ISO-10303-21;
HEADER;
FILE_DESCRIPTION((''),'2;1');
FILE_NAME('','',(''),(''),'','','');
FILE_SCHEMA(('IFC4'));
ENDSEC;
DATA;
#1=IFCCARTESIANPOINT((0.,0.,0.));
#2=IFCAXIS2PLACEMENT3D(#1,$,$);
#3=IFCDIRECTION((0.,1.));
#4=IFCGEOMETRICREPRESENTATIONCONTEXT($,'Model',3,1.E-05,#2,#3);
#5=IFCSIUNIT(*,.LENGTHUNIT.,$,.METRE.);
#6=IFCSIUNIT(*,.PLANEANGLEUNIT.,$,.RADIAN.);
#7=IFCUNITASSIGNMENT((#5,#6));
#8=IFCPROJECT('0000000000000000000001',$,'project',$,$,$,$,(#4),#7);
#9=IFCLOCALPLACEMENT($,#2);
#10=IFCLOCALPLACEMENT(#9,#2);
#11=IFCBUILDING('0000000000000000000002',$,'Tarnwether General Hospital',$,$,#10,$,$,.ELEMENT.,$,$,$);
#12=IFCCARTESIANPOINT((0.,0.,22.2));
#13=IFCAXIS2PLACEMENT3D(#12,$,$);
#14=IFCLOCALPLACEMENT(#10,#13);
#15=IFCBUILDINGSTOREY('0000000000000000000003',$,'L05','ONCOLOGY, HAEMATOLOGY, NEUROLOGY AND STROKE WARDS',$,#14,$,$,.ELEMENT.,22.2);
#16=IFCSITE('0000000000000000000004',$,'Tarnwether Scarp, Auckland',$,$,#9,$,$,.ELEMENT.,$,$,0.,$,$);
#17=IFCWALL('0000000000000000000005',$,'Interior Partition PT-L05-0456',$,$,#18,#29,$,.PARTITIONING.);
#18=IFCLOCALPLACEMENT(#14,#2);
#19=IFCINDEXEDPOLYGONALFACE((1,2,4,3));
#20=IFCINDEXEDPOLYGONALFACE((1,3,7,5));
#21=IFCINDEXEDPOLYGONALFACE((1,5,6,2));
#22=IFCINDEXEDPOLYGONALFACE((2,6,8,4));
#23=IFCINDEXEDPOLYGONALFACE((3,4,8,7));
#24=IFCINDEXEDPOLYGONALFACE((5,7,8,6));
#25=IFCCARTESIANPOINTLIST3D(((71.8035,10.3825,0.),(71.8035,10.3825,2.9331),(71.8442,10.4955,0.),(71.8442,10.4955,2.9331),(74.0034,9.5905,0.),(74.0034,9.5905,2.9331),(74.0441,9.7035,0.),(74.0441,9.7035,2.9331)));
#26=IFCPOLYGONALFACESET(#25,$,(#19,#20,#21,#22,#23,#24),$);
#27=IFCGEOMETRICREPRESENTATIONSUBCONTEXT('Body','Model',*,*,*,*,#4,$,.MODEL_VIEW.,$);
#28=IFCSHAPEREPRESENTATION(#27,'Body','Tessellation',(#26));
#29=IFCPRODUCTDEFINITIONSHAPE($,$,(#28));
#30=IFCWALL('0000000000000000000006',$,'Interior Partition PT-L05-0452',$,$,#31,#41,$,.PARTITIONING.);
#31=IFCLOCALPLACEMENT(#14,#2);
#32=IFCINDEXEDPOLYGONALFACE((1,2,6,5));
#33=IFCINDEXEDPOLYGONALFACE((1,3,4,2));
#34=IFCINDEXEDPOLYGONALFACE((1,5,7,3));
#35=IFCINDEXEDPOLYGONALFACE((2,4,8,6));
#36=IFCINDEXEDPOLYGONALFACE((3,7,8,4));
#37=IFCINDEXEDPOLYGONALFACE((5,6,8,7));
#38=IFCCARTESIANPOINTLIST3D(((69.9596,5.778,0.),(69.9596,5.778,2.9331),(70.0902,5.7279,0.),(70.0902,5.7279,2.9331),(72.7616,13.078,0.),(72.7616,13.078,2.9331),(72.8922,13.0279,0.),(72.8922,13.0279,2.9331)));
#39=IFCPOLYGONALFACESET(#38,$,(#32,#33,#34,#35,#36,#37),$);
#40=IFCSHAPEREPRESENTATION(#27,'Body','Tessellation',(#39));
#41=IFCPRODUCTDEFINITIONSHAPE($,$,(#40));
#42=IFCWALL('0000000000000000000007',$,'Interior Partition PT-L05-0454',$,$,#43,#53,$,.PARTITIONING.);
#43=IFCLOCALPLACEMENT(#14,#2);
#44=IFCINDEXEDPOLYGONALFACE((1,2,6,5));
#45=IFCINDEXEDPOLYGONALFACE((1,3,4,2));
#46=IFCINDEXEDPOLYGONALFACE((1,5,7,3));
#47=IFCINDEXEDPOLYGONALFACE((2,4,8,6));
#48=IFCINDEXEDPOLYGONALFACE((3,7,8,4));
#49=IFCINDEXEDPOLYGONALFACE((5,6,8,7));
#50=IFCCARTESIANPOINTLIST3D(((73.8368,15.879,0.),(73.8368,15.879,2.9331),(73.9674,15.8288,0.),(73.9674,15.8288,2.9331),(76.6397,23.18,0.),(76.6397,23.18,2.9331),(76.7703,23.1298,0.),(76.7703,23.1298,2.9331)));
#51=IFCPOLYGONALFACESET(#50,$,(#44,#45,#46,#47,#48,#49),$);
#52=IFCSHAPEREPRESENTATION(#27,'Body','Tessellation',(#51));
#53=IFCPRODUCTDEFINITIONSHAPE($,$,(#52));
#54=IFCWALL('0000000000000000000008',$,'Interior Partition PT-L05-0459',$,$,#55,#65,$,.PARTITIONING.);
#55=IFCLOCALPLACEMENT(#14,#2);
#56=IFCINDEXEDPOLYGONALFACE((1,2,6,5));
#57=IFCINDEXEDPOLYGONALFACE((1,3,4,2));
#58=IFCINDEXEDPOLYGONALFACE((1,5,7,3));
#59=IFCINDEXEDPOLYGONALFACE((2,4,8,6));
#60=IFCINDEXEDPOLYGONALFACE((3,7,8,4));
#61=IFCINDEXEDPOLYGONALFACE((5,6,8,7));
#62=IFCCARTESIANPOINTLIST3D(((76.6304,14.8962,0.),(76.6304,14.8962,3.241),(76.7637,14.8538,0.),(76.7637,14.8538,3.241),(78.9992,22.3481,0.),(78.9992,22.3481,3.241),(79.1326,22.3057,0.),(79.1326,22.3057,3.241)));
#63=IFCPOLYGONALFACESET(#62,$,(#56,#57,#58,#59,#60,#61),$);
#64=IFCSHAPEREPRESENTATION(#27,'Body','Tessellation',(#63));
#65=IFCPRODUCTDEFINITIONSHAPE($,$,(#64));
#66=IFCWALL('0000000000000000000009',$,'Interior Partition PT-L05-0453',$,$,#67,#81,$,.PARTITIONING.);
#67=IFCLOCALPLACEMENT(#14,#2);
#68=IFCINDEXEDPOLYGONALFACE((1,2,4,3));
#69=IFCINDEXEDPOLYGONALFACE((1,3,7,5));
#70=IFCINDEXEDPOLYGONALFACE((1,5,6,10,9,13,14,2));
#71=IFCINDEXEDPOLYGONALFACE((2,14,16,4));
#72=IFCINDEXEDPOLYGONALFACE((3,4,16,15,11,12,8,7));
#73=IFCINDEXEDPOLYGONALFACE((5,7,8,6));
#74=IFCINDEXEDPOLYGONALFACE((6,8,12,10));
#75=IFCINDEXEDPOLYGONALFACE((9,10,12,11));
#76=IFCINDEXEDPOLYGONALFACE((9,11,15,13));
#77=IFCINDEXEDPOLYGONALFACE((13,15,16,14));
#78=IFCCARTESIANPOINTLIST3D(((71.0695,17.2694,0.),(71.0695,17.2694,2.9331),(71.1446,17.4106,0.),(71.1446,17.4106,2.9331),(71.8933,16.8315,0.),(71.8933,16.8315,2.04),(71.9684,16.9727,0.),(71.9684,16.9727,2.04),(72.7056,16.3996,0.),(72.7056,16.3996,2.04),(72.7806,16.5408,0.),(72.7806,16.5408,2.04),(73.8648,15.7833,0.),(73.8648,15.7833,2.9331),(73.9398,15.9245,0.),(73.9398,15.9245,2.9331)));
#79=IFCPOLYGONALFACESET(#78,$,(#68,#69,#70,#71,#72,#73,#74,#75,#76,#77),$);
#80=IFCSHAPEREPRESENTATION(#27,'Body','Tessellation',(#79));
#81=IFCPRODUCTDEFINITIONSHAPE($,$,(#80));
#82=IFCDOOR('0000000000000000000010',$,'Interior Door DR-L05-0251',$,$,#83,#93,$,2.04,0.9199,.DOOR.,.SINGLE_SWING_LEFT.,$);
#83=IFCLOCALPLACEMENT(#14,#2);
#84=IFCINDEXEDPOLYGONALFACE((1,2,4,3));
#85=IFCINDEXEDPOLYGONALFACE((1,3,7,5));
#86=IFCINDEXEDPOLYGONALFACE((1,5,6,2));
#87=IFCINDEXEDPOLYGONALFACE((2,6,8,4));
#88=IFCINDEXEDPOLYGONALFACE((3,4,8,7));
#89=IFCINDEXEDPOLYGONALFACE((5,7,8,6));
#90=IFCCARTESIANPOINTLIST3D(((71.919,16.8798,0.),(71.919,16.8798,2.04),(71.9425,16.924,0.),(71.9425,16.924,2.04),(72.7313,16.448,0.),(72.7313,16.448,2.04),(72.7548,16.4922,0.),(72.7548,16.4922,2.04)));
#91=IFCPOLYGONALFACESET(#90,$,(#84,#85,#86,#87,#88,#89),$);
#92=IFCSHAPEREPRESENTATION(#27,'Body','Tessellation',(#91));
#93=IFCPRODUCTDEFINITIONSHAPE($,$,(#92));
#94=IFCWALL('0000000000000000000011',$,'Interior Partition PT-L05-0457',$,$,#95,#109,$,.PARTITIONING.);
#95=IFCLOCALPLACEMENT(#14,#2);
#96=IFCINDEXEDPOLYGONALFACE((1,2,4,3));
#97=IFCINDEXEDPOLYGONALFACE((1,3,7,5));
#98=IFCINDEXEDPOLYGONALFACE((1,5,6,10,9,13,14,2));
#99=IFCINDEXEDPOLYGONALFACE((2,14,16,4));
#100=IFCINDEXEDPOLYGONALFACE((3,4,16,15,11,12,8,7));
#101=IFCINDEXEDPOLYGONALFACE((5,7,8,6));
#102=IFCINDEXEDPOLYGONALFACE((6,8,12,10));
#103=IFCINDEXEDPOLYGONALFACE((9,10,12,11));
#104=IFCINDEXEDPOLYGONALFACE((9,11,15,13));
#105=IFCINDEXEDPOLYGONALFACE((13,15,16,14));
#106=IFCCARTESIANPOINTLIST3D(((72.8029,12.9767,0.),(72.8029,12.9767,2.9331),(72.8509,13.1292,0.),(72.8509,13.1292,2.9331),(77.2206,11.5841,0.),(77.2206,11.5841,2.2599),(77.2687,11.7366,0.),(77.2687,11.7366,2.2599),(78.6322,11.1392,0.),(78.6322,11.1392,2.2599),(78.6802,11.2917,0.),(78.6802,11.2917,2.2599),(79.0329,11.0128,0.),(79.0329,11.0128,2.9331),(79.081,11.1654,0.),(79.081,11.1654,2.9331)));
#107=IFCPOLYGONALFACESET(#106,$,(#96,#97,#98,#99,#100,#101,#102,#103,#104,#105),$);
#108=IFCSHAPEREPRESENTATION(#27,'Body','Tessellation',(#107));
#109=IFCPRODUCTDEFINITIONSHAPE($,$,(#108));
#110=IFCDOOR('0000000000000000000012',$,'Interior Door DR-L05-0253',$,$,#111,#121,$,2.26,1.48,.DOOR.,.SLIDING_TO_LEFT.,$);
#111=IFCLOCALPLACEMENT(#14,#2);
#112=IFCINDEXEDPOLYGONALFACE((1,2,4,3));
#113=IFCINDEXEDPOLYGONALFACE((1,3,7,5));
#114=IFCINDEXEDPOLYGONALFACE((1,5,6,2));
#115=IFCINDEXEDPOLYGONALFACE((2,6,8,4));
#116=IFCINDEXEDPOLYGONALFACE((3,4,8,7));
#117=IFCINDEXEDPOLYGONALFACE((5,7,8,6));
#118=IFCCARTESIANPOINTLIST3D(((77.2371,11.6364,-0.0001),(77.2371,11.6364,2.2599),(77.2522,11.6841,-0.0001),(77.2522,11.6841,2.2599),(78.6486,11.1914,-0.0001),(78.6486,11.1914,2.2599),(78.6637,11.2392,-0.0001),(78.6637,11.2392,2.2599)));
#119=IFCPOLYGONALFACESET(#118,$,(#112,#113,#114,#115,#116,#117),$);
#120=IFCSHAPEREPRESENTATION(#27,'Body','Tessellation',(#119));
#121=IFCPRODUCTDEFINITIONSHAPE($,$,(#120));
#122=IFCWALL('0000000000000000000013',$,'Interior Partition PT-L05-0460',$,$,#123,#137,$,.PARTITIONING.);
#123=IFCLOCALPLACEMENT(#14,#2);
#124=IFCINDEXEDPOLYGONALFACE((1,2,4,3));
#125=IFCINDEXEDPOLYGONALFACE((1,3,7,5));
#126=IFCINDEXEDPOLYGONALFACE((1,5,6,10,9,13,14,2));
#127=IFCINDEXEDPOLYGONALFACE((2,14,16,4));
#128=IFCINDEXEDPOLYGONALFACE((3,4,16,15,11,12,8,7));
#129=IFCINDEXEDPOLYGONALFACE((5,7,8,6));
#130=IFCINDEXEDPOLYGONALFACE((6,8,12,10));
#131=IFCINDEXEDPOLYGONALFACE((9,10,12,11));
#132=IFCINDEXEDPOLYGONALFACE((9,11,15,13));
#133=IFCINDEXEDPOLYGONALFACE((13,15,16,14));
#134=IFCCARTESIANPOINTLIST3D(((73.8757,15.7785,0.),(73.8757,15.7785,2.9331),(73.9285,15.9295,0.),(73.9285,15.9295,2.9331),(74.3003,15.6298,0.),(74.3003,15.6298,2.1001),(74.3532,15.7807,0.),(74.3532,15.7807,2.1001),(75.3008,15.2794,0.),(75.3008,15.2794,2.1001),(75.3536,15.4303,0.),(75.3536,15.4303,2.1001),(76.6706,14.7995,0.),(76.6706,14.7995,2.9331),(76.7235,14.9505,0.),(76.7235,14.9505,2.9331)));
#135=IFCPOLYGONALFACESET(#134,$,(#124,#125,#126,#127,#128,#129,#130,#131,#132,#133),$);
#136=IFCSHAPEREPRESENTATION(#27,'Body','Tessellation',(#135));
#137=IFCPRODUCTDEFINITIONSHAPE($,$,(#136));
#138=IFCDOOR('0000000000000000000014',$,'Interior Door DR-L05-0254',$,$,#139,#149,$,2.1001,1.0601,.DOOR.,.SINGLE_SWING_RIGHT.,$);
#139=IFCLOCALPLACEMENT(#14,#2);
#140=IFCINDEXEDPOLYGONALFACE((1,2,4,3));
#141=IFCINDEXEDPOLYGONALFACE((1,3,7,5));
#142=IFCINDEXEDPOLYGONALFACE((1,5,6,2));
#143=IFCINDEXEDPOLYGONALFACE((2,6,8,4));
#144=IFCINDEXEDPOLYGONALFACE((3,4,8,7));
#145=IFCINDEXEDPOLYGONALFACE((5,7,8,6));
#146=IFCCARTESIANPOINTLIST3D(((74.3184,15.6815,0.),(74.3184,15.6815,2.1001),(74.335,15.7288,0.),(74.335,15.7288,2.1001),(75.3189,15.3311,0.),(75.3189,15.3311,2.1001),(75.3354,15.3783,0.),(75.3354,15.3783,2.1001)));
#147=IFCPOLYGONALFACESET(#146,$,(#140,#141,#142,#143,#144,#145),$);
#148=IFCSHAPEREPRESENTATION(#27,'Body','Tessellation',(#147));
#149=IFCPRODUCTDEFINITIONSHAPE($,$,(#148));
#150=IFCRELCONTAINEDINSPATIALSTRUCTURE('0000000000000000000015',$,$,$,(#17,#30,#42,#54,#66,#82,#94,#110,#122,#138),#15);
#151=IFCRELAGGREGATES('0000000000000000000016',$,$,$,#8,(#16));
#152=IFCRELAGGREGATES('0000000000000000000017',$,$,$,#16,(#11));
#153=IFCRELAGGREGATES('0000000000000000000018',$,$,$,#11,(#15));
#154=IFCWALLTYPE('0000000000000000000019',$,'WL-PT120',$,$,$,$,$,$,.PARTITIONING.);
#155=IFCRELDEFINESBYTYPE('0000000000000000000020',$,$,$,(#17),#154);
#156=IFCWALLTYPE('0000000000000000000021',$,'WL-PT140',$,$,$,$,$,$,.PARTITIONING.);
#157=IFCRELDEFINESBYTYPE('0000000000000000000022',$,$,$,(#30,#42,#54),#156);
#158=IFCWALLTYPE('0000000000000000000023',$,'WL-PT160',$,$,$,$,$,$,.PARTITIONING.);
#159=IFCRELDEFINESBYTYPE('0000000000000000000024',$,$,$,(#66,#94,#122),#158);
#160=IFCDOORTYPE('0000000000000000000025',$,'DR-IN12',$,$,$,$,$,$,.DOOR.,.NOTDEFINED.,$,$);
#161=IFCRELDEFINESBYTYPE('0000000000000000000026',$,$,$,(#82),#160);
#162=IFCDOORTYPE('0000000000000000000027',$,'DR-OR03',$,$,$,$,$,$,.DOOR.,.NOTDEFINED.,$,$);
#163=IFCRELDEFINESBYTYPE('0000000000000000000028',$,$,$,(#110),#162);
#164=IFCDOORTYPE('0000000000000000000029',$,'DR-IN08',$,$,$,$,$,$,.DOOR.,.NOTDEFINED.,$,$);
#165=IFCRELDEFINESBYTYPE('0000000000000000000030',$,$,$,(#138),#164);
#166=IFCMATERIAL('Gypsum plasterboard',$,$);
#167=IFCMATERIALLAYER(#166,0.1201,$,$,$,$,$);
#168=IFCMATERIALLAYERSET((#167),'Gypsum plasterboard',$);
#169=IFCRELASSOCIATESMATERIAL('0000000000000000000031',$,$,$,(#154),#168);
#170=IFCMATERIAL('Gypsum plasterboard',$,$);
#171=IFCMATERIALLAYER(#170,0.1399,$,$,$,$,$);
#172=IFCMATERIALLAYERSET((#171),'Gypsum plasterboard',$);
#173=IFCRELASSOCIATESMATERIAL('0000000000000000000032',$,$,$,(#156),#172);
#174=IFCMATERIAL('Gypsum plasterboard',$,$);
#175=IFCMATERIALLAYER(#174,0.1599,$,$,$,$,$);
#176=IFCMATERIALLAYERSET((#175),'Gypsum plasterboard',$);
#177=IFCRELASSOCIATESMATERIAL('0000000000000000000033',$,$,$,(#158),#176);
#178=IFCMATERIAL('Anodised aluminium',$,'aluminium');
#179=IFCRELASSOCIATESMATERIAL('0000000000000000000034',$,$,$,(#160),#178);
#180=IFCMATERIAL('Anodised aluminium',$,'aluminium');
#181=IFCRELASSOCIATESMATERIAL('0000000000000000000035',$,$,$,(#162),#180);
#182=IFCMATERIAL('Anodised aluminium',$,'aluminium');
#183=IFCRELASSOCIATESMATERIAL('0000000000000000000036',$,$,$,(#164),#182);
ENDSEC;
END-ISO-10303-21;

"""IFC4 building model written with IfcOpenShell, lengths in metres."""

from ifc_helpers import new_model, si_unit, direction, frame, frame_2d, origin, place, context, subcontext, project, spatial, rectangle, extrude, material, layer, layer_set, type_object, element, fill, save


model = new_model("IFC4")

# Units and contexts
model_context = context("Model", 3, precision=1e-05, world=origin(), true_north=direction((0.0, 1.0)))
body_context = subcontext(model_context, "Body", "Model", "MODEL_VIEW")
ifc_project = project(units=[si_unit("LENGTHUNIT", "METRE"), si_unit("PLANEANGLEUNIT", "RADIAN")], contexts=[model_context])

# Site, building, storey
site_placement = place(None, origin())
site = spatial("IfcSite", under=ifc_project, at=site_placement, Name="Tarnwether Scarp, Auckland", CompositionType="ELEMENT", RefElevation=0.0)
building_placement = place(site_placement, origin())
building = spatial("IfcBuilding", under=site, at=building_placement, Name="Tarnwether General Hospital", CompositionType="ELEMENT")
storey_placement = place(building_placement, frame((0.0, 0.0, 22.2)))
storey = spatial("IfcBuildingStorey", under=building, at=storey_placement, Name="L05", Description="ONCOLOGY, HAEMATOLOGY, NEUROLOGY AND STROKE WARDS", CompositionType="ELEMENT", Elevation=22.2)

# Shared definitions
ifc_material_1 = material(Name="Gypsum plasterboard")
ifc_layer_1 = layer(ifc_material_1, 0.1201)
ifc_layer_set_1 = layer_set([ifc_layer_1], Name="Gypsum plasterboard")
wall_type_1 = type_object("IfcWallType", Name="WL-PT120", PredefinedType="PARTITIONING", material=ifc_layer_set_1)

# Walls
wall_1_placement = place(storey_placement, frame((71.824, 10.439, 0.0), z_axis=(0.0, 0.0, 1.0), x_axis=(0.940886, -0.338723, 0.0)))
element("IfcWall", 1, at=wall_1_placement, inside=storey, type_object=wall_type_1, Name="Interior Partition PT-L05-0456", PredefinedType="PARTITIONING", context=body_context, shape_type="SweptSolid", body=[
    extrude(rectangle(XDim=2.3381, YDim=0.1201, at=frame_2d((1.1689, 0.0))), origin(), (0.0, 0.0, 1.0), 2.9331),
])
ifc_material_2 = material(Name="Gypsum plasterboard")
ifc_layer_2 = layer(ifc_material_2, 0.1399)
ifc_layer_set_2 = layer_set([ifc_layer_2], Name="Gypsum plasterboard")
wall_type_2 = type_object("IfcWallType", Name="WL-PT140", PredefinedType="PARTITIONING", material=ifc_layer_set_2)
wall_2_placement = place(storey_placement, frame((72.8269, 13.053, 0.0), z_axis=(0.0, 0.0, 1.0), x_axis=(-0.358343, -0.93359, 0.0)))
element("IfcWall", 2, at=wall_2_placement, inside=storey, type_object=wall_type_2, Name="Interior Partition PT-L05-0452", PredefinedType="PARTITIONING", context=body_context, shape_type="SweptSolid", body=[
    extrude(rectangle(XDim=7.8193, YDim=0.1399, at=frame_2d((3.9097, 0.0))), origin(), (0.0, 0.0, 1.0), 2.9331),
])
wall_3_placement = place(storey_placement, frame((73.9021, 15.854, 0.0), z_axis=(0.0, 0.0, 1.0), x_axis=(0.35841, 0.933564, 0.0)))
element("IfcWall", 3, at=wall_3_placement, inside=storey, type_object=wall_type_2, Name="Interior Partition PT-L05-0454", PredefinedType="PARTITIONING", context=body_context, shape_type="SweptSolid", body=[
    extrude(rectangle(XDim=7.8206, YDim=0.1399, at=frame_2d((3.9102, 0.0))), origin(), (0.0, 0.0, 1.0), 2.9331),
])
wall_4_placement = place(storey_placement, frame((76.697, 14.875, 0.0), z_axis=(0.0, 0.0, 1.0), x_axis=(0.302952, 0.953006, 0.0)))
element("IfcWall", 4, at=wall_4_placement, inside=storey, type_object=wall_type_2, Name="Interior Partition PT-L05-0459", PredefinedType="PARTITIONING", context=body_context, shape_type="SweptSolid", body=[
    extrude(rectangle(XDim=7.8193, YDim=0.1399, at=frame_2d((3.9097, 0.0))), origin(), (0.0, 0.0, 1.0), 3.241),
])

# Walls, openings, doors
ifc_material_3 = material(Name="Gypsum plasterboard")
ifc_layer_3 = layer(ifc_material_3, 0.1599)
ifc_layer_set_3 = layer_set([ifc_layer_3], Name="Gypsum plasterboard")
wall_type_3 = type_object("IfcWallType", Name="WL-PT160", PredefinedType="PARTITIONING", material=ifc_layer_set_3)
wall_5_placement = place(storey_placement, frame((71.1069, 17.3401, 0.0), z_axis=(0.0, 0.0, 1.0), x_axis=(0.882965, -0.469439, 0.0)))
wall_5 = element("IfcWall", 5, at=wall_5_placement, inside=storey, type_object=wall_type_3, Name="Interior Partition PT-L05-0453", PredefinedType="PARTITIONING", context=body_context, shape_type="SweptSolid", body=[
    extrude(rectangle(XDim=3.1658, YDim=0.1599, at=frame_2d((1.583, 0.0))), origin(), (0.0, 0.0, 1.0), 2.9331),
])
opening_1_placement = place(wall_5_placement, frame((0.9331, 0.0, 0.0)))
opening_1 = element("IfcOpeningElement", 6, at=opening_1_placement, cuts=wall_5, PredefinedType="OPENING", context=body_context, shape_type="SweptSolid", body=[
    extrude(rectangle(XDim=0.9199, YDim=2.04, at=frame_2d((0.46, 1.02))), frame((0.0, 0.0898, 0.0), z_axis=(0.0, -1.0, 0.0), x_axis=(1.0, 0.0, 0.0)), (0.0, 0.0, 1.0), 0.1799),
])
ifc_material_4 = material(Name="Anodised aluminium", Category="aluminium")
door_type_1 = type_object("IfcDoorType", Name="DR-IN12", OperationType="NOTDEFINED", PredefinedType="DOOR", material=ifc_material_4)
door_1_placement = place(opening_1_placement, origin())
door_1 = element("IfcDoor", 7, at=door_1_placement, inside=storey, type_object=door_type_1, Name="Interior Door DR-L05-0251", OperationType="SINGLE_SWING_LEFT", OverallHeight=2.04, OverallWidth=0.9199, PredefinedType="DOOR", context=body_context, shape_type="SweptSolid", body=[
    extrude(rectangle(XDim=0.9199, YDim=2.04, at=frame_2d((0.46, 1.02))), frame((0.0, 0.0249, 0.0), z_axis=(0.0, -1.0, 0.0), x_axis=(1.0, 0.0, 0.0)), (0.0, 0.0, 1.0), 0.05),
])
fill(opening_1, door_1)
wall_6_placement = place(storey_placement, frame((72.8269, 13.053, 0.0), z_axis=(0.0, 0.0, 1.0), x_axis=(0.953736, -0.300645, 0.0)))
wall_6 = element("IfcWall", 8, at=wall_6_placement, inside=storey, type_object=wall_type_3, Name="Interior Partition PT-L05-0457", PredefinedType="PARTITIONING", context=body_context, shape_type="SweptSolid", body=[
    extrude(rectangle(XDim=6.5322, YDim=0.1599, at=frame_2d((3.2661, 0.0))), origin(), (0.0, 0.0, 1.0), 2.9331),
])
opening_2_placement = place(wall_6_placement, frame((4.6321, 0.0, 0.0)))
opening_2 = element("IfcOpeningElement", 9, at=opening_2_placement, cuts=wall_6, PredefinedType="OPENING", context=body_context, shape_type="SweptSolid", body=[
    extrude(rectangle(XDim=1.48, YDim=2.26, at=frame_2d((0.74, 1.1299))), frame((0.0, 0.0898, 0.0), z_axis=(0.0, -1.0, 0.0), x_axis=(1.0, 0.0, 0.0)), (0.0, 0.0, 1.0), 0.1799),
])
ifc_material_5 = material(Name="Anodised aluminium", Category="aluminium")
door_type_2 = type_object("IfcDoorType", Name="DR-OR03", OperationType="NOTDEFINED", PredefinedType="DOOR", material=ifc_material_5)
door_2_placement = place(opening_2_placement, origin())
door_2 = element("IfcDoor", 10, at=door_2_placement, inside=storey, type_object=door_type_2, Name="Interior Door DR-L05-0253", OperationType="SLIDING_TO_LEFT", OverallHeight=2.26, OverallWidth=1.48, PredefinedType="DOOR", context=body_context, shape_type="SweptSolid", body=[
    extrude(rectangle(XDim=1.48, YDim=2.26, at=frame_2d((0.74, 1.1299))), frame((0.0, 0.0249, 0.0), z_axis=(0.0, -1.0, 0.0), x_axis=(1.0, 0.0, 0.0)), (0.0, 0.0, 1.0), 0.05),
])
fill(opening_2, door_2)
wall_7_placement = place(storey_placement, frame((73.9021, 15.854, 0.0), z_axis=(0.0, 0.0, 1.0), x_axis=(0.943776, -0.330585, 0.0)))
wall_7 = element("IfcWall", 11, at=wall_7_placement, inside=storey, type_object=wall_type_3, Name="Interior Partition PT-L05-0460", PredefinedType="PARTITIONING", context=body_context, shape_type="SweptSolid", body=[
    extrude(rectangle(XDim=2.9614, YDim=0.1599, at=frame_2d((1.4807, 0.0))), origin(), (0.0, 0.0, 1.0), 2.9331),
])
opening_3_placement = place(wall_7_placement, frame((0.45, 0.0, 0.0)))
opening_3 = element("IfcOpeningElement", 12, at=opening_3_placement, cuts=wall_7, PredefinedType="OPENING", context=body_context, shape_type="SweptSolid", body=[
    extrude(rectangle(XDim=1.0601, YDim=2.1001, at=frame_2d((0.53, 1.05))), frame((0.0, 0.0898, 0.0), z_axis=(0.0, -1.0, 0.0), x_axis=(1.0, 0.0, 0.0)), (0.0, 0.0, 1.0), 0.1799),
])
ifc_material_6 = material(Name="Anodised aluminium", Category="aluminium")
door_type_3 = type_object("IfcDoorType", Name="DR-IN08", OperationType="NOTDEFINED", PredefinedType="DOOR", material=ifc_material_6)
door_3_placement = place(opening_3_placement, origin())
door_3 = element("IfcDoor", 13, at=door_3_placement, inside=storey, type_object=door_type_3, Name="Interior Door DR-L05-0254", OperationType="SINGLE_SWING_RIGHT", OverallHeight=2.1001, OverallWidth=1.0601, PredefinedType="DOOR", context=body_context, shape_type="SweptSolid", body=[
    extrude(rectangle(XDim=1.0601, YDim=2.1001, at=frame_2d((0.53, 1.05))), frame((0.0, 0.0249, 0.0), z_axis=(0.0, -1.0, 0.0), x_axis=(1.0, 0.0, 0.0)), (0.0, 0.0, 1.0), 0.05),
])
fill(opening_3, door_3)

save(model, "model.ifc")
